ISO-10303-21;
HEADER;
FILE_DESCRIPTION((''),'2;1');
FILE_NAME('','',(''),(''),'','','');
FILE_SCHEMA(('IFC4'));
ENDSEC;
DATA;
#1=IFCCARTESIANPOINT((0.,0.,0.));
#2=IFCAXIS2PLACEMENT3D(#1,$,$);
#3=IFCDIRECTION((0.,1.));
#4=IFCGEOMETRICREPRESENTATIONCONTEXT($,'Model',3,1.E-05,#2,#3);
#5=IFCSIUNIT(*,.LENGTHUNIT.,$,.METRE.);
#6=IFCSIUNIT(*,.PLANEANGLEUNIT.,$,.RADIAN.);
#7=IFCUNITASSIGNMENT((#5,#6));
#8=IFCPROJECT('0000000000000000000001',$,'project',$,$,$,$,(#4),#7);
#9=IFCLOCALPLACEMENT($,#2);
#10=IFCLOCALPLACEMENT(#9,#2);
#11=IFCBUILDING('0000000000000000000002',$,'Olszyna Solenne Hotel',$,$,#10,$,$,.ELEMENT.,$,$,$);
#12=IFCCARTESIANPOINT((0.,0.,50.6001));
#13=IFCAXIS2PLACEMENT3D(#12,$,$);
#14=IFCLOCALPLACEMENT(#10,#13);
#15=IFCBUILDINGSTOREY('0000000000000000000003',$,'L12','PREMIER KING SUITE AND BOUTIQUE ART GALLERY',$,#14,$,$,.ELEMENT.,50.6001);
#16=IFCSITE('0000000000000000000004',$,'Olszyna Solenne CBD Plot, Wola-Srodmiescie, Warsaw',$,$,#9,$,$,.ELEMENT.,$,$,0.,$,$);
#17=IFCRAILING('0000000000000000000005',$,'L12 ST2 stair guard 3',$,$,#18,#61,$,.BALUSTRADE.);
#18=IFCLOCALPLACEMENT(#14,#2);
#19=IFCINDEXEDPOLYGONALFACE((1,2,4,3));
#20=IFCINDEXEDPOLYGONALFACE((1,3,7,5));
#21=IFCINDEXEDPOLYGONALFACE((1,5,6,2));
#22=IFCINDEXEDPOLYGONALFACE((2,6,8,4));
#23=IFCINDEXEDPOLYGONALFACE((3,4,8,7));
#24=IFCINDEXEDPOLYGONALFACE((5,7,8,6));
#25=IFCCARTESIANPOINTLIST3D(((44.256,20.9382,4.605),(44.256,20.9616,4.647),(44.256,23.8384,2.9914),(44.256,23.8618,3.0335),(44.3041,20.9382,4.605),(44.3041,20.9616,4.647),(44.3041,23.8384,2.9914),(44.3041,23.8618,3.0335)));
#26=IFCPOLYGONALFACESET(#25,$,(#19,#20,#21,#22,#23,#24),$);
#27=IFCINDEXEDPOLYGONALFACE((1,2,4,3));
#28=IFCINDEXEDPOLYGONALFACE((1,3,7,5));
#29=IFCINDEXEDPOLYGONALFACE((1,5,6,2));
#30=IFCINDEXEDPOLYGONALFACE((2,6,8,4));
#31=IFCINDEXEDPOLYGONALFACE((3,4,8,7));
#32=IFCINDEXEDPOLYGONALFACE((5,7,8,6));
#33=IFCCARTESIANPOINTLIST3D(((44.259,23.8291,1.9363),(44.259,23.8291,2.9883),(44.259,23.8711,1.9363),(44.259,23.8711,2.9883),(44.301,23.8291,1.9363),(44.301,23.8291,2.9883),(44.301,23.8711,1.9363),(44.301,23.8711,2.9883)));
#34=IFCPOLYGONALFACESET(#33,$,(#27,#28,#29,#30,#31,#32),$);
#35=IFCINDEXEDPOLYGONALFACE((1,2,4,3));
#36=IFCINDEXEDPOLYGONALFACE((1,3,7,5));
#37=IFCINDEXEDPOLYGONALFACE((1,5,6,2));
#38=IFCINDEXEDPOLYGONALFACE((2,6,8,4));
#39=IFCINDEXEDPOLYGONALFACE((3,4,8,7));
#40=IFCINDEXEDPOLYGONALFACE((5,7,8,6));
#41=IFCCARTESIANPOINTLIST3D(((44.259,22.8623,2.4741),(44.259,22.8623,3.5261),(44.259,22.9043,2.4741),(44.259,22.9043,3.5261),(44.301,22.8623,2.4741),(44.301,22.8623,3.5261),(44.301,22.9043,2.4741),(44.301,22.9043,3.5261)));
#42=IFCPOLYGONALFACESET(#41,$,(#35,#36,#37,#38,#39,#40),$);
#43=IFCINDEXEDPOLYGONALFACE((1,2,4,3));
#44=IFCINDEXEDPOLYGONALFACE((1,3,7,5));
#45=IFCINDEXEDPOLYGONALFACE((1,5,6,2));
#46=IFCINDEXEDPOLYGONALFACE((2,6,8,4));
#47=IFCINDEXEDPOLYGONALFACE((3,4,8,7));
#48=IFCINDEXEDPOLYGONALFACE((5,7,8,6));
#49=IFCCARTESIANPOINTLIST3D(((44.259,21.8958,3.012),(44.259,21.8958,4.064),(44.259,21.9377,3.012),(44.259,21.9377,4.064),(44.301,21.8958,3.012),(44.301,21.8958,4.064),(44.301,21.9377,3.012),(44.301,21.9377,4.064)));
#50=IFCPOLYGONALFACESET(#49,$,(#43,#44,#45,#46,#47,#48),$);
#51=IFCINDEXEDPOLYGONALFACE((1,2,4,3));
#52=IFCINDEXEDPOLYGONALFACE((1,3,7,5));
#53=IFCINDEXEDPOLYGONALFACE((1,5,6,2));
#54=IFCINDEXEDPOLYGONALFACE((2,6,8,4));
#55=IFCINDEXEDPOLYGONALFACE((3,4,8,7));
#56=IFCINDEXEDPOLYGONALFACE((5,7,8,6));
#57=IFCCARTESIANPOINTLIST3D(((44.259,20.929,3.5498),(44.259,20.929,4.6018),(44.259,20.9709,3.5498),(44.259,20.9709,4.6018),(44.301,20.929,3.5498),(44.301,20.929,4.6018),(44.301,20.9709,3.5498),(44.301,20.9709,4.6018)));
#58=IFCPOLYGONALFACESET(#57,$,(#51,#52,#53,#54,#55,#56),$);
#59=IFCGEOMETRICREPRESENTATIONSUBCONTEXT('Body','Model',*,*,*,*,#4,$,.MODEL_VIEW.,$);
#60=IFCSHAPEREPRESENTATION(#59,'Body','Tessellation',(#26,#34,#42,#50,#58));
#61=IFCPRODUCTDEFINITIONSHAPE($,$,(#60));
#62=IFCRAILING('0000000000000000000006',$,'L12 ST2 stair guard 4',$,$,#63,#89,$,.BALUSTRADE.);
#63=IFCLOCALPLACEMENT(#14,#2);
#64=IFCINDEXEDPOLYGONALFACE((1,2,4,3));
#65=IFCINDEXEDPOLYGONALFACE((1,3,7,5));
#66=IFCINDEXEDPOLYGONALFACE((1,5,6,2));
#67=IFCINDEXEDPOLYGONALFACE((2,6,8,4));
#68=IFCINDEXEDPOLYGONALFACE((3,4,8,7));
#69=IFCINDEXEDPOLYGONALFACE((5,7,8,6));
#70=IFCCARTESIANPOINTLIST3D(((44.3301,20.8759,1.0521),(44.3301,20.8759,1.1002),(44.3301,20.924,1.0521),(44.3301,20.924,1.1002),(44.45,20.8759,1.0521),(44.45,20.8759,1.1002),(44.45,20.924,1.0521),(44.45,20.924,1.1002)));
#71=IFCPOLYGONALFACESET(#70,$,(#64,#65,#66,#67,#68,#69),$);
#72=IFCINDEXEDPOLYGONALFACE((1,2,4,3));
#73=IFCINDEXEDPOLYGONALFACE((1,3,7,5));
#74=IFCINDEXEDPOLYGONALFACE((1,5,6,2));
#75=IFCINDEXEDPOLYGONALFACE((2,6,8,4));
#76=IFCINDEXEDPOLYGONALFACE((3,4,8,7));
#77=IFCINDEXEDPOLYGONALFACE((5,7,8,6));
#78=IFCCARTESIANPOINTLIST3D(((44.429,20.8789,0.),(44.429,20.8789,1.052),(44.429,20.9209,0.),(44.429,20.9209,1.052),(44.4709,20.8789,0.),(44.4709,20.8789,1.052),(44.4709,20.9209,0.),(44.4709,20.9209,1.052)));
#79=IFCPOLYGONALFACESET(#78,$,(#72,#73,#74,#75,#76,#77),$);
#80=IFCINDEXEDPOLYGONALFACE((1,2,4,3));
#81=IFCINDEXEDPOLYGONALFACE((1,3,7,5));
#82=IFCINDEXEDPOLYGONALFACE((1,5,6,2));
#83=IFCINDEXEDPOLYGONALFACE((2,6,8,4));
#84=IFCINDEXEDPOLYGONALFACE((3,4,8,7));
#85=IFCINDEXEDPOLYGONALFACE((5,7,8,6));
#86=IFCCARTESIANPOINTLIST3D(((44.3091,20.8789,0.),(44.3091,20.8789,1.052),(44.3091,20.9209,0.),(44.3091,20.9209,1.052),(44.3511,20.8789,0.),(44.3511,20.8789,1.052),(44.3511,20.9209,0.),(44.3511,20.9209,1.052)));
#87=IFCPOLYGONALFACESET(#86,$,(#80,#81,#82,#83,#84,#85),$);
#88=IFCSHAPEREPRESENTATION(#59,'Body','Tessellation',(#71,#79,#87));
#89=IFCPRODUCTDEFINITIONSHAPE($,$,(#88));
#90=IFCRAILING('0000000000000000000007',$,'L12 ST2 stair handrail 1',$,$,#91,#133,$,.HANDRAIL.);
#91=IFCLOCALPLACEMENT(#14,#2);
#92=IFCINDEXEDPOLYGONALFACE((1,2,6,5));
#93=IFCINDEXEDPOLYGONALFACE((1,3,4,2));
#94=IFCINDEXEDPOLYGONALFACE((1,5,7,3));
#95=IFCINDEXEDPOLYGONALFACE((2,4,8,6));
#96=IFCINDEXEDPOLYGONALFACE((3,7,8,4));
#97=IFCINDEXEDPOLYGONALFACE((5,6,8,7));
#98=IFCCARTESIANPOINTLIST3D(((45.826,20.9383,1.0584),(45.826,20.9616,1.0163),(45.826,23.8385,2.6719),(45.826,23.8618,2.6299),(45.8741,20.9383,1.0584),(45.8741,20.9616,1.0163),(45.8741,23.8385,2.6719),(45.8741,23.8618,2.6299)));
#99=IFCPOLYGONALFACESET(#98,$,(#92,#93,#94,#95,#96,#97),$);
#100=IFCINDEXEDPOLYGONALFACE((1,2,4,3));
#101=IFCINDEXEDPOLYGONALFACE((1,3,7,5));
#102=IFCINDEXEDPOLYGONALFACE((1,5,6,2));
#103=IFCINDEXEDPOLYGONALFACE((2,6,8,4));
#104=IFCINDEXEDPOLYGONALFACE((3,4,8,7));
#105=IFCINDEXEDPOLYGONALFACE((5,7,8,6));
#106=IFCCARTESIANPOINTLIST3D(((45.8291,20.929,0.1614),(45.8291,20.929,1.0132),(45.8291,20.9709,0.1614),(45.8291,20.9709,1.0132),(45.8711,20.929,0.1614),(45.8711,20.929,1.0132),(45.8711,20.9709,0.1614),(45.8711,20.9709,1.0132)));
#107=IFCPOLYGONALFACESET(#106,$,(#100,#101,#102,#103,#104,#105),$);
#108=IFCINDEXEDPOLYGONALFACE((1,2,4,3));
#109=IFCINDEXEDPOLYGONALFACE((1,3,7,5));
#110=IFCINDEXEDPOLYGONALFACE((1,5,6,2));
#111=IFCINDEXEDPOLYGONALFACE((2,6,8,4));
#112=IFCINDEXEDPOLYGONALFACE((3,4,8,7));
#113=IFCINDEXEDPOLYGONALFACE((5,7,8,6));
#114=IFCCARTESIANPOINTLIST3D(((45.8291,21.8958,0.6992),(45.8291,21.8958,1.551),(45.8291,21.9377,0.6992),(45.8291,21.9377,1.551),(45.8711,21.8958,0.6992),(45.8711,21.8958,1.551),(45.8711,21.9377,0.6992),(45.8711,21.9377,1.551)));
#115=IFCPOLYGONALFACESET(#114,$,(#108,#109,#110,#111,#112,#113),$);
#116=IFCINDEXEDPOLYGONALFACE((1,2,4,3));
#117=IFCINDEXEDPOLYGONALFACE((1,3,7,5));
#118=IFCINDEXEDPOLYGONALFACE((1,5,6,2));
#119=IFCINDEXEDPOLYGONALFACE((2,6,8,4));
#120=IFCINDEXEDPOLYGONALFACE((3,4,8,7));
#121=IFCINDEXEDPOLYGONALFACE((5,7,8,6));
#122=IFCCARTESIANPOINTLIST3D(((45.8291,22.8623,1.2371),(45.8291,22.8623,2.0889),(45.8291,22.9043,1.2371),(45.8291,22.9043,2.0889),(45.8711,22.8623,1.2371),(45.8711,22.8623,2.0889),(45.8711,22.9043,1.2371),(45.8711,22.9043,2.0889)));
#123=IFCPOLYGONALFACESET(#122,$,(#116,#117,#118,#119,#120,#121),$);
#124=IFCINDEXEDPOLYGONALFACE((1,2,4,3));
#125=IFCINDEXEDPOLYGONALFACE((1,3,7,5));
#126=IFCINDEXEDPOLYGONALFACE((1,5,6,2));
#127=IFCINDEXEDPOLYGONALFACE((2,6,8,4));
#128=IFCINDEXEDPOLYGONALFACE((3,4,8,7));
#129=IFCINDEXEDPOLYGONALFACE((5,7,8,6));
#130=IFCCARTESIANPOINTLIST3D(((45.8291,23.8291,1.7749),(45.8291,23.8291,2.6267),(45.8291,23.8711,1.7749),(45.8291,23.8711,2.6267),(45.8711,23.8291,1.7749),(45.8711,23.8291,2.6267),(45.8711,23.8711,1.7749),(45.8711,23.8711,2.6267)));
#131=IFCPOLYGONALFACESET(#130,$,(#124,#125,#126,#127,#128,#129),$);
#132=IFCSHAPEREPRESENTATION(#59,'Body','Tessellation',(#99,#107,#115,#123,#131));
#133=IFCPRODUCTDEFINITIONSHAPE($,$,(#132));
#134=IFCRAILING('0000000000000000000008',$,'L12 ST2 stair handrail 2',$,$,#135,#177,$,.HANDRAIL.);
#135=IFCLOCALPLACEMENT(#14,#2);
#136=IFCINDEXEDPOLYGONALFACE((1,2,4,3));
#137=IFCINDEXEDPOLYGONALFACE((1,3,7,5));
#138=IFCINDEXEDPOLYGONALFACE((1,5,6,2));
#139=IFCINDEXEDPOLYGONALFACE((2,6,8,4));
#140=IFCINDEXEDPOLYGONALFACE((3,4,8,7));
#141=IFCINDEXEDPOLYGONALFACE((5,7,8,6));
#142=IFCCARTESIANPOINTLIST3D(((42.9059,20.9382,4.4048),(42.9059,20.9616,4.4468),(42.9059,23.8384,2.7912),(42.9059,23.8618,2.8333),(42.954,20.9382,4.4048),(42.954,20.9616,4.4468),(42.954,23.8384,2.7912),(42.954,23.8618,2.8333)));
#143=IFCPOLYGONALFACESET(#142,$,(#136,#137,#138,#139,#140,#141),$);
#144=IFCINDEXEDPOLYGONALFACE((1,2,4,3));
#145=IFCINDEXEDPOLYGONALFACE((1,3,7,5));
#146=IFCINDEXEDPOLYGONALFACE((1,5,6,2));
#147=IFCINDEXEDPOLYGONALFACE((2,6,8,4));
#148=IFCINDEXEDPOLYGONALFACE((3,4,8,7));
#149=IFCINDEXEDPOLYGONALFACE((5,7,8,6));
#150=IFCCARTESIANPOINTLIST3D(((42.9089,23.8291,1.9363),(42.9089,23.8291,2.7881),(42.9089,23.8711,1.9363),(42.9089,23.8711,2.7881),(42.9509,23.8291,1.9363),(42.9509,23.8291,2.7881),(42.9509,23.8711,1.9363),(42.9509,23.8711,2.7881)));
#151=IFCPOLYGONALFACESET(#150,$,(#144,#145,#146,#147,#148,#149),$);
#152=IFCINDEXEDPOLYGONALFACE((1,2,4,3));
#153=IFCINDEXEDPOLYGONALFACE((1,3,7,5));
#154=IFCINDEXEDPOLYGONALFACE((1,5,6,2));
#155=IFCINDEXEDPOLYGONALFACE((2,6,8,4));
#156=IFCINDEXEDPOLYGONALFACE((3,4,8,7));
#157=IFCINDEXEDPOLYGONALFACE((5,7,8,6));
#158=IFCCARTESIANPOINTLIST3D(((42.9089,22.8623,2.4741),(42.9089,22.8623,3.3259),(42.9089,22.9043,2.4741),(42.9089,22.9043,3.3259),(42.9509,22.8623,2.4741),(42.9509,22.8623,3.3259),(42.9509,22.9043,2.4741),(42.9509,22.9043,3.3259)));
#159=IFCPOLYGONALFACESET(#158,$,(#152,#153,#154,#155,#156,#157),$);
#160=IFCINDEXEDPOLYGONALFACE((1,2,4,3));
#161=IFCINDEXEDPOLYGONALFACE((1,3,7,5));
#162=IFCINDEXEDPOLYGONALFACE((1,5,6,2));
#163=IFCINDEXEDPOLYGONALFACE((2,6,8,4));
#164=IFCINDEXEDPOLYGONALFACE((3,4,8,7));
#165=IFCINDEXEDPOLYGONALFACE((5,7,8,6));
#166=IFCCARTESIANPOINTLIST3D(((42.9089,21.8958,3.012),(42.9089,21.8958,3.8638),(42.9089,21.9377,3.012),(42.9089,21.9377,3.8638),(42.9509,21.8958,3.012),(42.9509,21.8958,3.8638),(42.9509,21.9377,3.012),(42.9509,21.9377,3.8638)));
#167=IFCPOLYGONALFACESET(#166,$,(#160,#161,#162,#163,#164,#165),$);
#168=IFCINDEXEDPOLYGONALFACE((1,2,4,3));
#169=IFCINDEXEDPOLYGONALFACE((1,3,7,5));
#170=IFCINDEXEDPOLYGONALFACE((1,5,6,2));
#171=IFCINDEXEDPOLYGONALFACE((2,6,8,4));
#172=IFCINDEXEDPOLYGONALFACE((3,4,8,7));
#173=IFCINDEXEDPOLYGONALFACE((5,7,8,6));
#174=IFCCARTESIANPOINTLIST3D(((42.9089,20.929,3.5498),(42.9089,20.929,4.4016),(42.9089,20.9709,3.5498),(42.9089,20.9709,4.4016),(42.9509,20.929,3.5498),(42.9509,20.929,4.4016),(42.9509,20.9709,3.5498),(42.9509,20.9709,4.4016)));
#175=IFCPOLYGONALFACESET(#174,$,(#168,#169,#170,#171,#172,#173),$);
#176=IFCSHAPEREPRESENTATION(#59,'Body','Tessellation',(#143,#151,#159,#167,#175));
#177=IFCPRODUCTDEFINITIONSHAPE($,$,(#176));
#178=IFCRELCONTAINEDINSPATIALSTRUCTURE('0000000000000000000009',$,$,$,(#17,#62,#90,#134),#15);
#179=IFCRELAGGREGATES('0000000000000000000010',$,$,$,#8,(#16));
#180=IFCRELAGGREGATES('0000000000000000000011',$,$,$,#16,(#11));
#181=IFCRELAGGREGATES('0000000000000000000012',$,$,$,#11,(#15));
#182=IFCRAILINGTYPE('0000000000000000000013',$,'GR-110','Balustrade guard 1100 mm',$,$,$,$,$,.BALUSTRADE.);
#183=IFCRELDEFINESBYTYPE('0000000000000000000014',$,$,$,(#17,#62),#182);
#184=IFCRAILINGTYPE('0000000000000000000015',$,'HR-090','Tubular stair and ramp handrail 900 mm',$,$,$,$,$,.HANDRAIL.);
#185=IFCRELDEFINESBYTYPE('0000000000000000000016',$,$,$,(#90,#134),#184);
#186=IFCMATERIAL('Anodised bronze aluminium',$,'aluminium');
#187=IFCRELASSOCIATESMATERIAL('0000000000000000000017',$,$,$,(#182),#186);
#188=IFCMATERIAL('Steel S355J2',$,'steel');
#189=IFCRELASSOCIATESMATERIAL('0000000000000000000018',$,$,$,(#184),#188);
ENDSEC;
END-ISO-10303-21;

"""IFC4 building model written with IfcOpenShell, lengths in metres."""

from ifc_helpers import new_model, si_unit, direction, frame, origin, origin_2d, place, context, subcontext, project, spatial, rectangle, extrude, material, type_object, element, save


model = new_model("IFC4")

# Units and contexts
model_context = context("Model", 3, precision=1e-05, world=origin(), true_north=direction((0.0, 1.0)))
body_context = subcontext(model_context, "Body", "Model", "MODEL_VIEW")
ifc_project = project(units=[si_unit("LENGTHUNIT", "METRE"), si_unit("PLANEANGLEUNIT", "RADIAN")], contexts=[model_context])

# Site, building, storey
site_placement = place(None, origin())
site = spatial("IfcSite", under=ifc_project, at=site_placement, Name="Olszyna Solenne CBD Plot, Wola-Srodmiescie, Warsaw", CompositionType="ELEMENT", RefElevation=0.0)
building_placement = place(site_placement, origin())
building = spatial("IfcBuilding", under=site, at=building_placement, Name="Olszyna Solenne Hotel", CompositionType="ELEMENT")
storey_placement = place(building_placement, frame((0.0, 0.0, 50.6001)))
storey = spatial("IfcBuildingStorey", under=building, at=storey_placement, Name="L12", Description="PREMIER KING SUITE AND BOUTIQUE ART GALLERY", CompositionType="ELEMENT", Elevation=50.6001)

# Shared definitions
ifc_material_1 = material(Name="Steel S355J2", Category="steel")

# Railings
ifc_material_2 = material(Name="Anodised bronze aluminium", Category="aluminium")
railing_type_1 = type_object("IfcRailingType", Name="GR-110", Description="Balustrade guard 1100 mm", PredefinedType="BALUSTRADE", material=ifc_material_2)
railing_1_placement = place(storey_placement, frame((44.28, 23.8501, 1.9363)))
element("IfcRailing", 1, at=railing_1_placement, inside=storey, type_object=railing_type_1, Name="L12 ST2 stair guard 3", PredefinedType="BALUSTRADE", context=body_context, shape_type="SweptSolid", body=[
    extrude(rectangle(XDim=0.0481, YDim=0.0481, at=origin_2d()), frame((0.0, 0.0, 1.0762), z_axis=(0.0, -0.873859, 0.48618), x_axis=(1.0, 0.0, 0.0)), (0.0, 0.0, 1.0), 3.3188),
    extrude(rectangle(XDim=0.042, YDim=0.042, at=origin_2d()), origin(), (0.0, 0.0, 1.0), 1.052),
    extrude(rectangle(XDim=0.042, YDim=0.042, at=origin_2d()), frame((0.0, -0.9668, 0.5378)), (0.0, 0.0, 1.0), 1.052),
    extrude(rectangle(XDim=0.042, YDim=0.042, at=origin_2d()), frame((0.0, -1.9333, 1.0757)), (0.0, 0.0, 1.0), 1.052),
    extrude(rectangle(XDim=0.042, YDim=0.042, at=origin_2d()), frame((0.0, -2.9001, 1.6135)), (0.0, 0.0, 1.0), 1.052),
])
railing_2_placement = place(storey_placement, frame((44.45, 20.8999, 0.0)))
element("IfcRailing", 2, at=railing_2_placement, inside=storey, type_object=railing_type_1, Name="L12 ST2 stair guard 4", PredefinedType="BALUSTRADE", context=body_context, shape_type="SweptSolid", body=[
    extrude(rectangle(XDim=0.0481, YDim=0.0481, at=origin_2d()), frame((0.0, 0.0, 1.0762), z_axis=(-1.0, 0.0, 0.0), x_axis=(0.0, -1.0, 0.0)), (0.0, 0.0, 1.0), 0.1199),
    extrude(rectangle(XDim=0.042, YDim=0.042, at=origin_2d()), origin(), (0.0, 0.0, 1.0), 1.052),
    extrude(rectangle(XDim=0.042, YDim=0.042, at=origin_2d()), frame((-0.1199, 0.0, 0.0)), (0.0, 0.0, 1.0), 1.052),
])
railing_type_2 = type_object("IfcRailingType", Name="HR-090", Description="Tubular stair and ramp handrail 900 mm", PredefinedType="HANDRAIL", material=ifc_material_1)
railing_3_placement = place(storey_placement, frame((45.8501, 20.95, 0.1614)))
element("IfcRailing", 3, at=railing_3_placement, inside=storey, type_object=railing_type_2, Name="L12 ST2 stair handrail 1", PredefinedType="HANDRAIL", context=body_context, shape_type="SweptSolid", body=[
    extrude(rectangle(XDim=0.0481, YDim=0.0481, at=origin_2d()), frame((0.0, 0.0, 0.876), z_axis=(0.0, 0.873859, 0.48618), x_axis=(-1.0, 0.0, 0.0)), (0.0, 0.0, 1.0), 3.3188),
    extrude(rectangle(XDim=0.042, YDim=0.042, at=origin_2d()), origin(), (0.0, 0.0, 1.0), 0.8518),
    extrude(rectangle(XDim=0.042, YDim=0.042, at=origin_2d()), frame((0.0, 0.9668, 0.5378)), (0.0, 0.0, 1.0), 0.8518),
    extrude(rectangle(XDim=0.042, YDim=0.042, at=origin_2d()), frame((0.0, 1.9333, 1.0757)), (0.0, 0.0, 1.0), 0.8518),
    extrude(rectangle(XDim=0.042, YDim=0.042, at=origin_2d()), frame((0.0, 2.9001, 1.6135)), (0.0, 0.0, 1.0), 0.8518),
])
railing_4_placement = place(storey_placement, frame((42.9299, 23.8501, 1.9363)))
element("IfcRailing", 4, at=railing_4_placement, inside=storey, type_object=railing_type_2, Name="L12 ST2 stair handrail 2", PredefinedType="HANDRAIL", context=body_context, shape_type="SweptSolid", body=[
    extrude(rectangle(XDim=0.0481, YDim=0.0481, at=origin_2d()), frame((0.0, 0.0, 0.876), z_axis=(0.0, -0.873859, 0.48618), x_axis=(1.0, 0.0, 0.0)), (0.0, 0.0, 1.0), 3.3188),
    extrude(rectangle(XDim=0.042, YDim=0.042, at=origin_2d()), origin(), (0.0, 0.0, 1.0), 0.8518),
    extrude(rectangle(XDim=0.042, YDim=0.042, at=origin_2d()), frame((0.0, -0.9668, 0.5378)), (0.0, 0.0, 1.0), 0.8518),
    extrude(rectangle(XDim=0.042, YDim=0.042, at=origin_2d()), frame((0.0, -1.9333, 1.0757)), (0.0, 0.0, 1.0), 0.8518),
    extrude(rectangle(XDim=0.042, YDim=0.042, at=origin_2d()), frame((0.0, -2.9001, 1.6135)), (0.0, 0.0, 1.0), 0.8518),
])

save(model, "model.ifc")
